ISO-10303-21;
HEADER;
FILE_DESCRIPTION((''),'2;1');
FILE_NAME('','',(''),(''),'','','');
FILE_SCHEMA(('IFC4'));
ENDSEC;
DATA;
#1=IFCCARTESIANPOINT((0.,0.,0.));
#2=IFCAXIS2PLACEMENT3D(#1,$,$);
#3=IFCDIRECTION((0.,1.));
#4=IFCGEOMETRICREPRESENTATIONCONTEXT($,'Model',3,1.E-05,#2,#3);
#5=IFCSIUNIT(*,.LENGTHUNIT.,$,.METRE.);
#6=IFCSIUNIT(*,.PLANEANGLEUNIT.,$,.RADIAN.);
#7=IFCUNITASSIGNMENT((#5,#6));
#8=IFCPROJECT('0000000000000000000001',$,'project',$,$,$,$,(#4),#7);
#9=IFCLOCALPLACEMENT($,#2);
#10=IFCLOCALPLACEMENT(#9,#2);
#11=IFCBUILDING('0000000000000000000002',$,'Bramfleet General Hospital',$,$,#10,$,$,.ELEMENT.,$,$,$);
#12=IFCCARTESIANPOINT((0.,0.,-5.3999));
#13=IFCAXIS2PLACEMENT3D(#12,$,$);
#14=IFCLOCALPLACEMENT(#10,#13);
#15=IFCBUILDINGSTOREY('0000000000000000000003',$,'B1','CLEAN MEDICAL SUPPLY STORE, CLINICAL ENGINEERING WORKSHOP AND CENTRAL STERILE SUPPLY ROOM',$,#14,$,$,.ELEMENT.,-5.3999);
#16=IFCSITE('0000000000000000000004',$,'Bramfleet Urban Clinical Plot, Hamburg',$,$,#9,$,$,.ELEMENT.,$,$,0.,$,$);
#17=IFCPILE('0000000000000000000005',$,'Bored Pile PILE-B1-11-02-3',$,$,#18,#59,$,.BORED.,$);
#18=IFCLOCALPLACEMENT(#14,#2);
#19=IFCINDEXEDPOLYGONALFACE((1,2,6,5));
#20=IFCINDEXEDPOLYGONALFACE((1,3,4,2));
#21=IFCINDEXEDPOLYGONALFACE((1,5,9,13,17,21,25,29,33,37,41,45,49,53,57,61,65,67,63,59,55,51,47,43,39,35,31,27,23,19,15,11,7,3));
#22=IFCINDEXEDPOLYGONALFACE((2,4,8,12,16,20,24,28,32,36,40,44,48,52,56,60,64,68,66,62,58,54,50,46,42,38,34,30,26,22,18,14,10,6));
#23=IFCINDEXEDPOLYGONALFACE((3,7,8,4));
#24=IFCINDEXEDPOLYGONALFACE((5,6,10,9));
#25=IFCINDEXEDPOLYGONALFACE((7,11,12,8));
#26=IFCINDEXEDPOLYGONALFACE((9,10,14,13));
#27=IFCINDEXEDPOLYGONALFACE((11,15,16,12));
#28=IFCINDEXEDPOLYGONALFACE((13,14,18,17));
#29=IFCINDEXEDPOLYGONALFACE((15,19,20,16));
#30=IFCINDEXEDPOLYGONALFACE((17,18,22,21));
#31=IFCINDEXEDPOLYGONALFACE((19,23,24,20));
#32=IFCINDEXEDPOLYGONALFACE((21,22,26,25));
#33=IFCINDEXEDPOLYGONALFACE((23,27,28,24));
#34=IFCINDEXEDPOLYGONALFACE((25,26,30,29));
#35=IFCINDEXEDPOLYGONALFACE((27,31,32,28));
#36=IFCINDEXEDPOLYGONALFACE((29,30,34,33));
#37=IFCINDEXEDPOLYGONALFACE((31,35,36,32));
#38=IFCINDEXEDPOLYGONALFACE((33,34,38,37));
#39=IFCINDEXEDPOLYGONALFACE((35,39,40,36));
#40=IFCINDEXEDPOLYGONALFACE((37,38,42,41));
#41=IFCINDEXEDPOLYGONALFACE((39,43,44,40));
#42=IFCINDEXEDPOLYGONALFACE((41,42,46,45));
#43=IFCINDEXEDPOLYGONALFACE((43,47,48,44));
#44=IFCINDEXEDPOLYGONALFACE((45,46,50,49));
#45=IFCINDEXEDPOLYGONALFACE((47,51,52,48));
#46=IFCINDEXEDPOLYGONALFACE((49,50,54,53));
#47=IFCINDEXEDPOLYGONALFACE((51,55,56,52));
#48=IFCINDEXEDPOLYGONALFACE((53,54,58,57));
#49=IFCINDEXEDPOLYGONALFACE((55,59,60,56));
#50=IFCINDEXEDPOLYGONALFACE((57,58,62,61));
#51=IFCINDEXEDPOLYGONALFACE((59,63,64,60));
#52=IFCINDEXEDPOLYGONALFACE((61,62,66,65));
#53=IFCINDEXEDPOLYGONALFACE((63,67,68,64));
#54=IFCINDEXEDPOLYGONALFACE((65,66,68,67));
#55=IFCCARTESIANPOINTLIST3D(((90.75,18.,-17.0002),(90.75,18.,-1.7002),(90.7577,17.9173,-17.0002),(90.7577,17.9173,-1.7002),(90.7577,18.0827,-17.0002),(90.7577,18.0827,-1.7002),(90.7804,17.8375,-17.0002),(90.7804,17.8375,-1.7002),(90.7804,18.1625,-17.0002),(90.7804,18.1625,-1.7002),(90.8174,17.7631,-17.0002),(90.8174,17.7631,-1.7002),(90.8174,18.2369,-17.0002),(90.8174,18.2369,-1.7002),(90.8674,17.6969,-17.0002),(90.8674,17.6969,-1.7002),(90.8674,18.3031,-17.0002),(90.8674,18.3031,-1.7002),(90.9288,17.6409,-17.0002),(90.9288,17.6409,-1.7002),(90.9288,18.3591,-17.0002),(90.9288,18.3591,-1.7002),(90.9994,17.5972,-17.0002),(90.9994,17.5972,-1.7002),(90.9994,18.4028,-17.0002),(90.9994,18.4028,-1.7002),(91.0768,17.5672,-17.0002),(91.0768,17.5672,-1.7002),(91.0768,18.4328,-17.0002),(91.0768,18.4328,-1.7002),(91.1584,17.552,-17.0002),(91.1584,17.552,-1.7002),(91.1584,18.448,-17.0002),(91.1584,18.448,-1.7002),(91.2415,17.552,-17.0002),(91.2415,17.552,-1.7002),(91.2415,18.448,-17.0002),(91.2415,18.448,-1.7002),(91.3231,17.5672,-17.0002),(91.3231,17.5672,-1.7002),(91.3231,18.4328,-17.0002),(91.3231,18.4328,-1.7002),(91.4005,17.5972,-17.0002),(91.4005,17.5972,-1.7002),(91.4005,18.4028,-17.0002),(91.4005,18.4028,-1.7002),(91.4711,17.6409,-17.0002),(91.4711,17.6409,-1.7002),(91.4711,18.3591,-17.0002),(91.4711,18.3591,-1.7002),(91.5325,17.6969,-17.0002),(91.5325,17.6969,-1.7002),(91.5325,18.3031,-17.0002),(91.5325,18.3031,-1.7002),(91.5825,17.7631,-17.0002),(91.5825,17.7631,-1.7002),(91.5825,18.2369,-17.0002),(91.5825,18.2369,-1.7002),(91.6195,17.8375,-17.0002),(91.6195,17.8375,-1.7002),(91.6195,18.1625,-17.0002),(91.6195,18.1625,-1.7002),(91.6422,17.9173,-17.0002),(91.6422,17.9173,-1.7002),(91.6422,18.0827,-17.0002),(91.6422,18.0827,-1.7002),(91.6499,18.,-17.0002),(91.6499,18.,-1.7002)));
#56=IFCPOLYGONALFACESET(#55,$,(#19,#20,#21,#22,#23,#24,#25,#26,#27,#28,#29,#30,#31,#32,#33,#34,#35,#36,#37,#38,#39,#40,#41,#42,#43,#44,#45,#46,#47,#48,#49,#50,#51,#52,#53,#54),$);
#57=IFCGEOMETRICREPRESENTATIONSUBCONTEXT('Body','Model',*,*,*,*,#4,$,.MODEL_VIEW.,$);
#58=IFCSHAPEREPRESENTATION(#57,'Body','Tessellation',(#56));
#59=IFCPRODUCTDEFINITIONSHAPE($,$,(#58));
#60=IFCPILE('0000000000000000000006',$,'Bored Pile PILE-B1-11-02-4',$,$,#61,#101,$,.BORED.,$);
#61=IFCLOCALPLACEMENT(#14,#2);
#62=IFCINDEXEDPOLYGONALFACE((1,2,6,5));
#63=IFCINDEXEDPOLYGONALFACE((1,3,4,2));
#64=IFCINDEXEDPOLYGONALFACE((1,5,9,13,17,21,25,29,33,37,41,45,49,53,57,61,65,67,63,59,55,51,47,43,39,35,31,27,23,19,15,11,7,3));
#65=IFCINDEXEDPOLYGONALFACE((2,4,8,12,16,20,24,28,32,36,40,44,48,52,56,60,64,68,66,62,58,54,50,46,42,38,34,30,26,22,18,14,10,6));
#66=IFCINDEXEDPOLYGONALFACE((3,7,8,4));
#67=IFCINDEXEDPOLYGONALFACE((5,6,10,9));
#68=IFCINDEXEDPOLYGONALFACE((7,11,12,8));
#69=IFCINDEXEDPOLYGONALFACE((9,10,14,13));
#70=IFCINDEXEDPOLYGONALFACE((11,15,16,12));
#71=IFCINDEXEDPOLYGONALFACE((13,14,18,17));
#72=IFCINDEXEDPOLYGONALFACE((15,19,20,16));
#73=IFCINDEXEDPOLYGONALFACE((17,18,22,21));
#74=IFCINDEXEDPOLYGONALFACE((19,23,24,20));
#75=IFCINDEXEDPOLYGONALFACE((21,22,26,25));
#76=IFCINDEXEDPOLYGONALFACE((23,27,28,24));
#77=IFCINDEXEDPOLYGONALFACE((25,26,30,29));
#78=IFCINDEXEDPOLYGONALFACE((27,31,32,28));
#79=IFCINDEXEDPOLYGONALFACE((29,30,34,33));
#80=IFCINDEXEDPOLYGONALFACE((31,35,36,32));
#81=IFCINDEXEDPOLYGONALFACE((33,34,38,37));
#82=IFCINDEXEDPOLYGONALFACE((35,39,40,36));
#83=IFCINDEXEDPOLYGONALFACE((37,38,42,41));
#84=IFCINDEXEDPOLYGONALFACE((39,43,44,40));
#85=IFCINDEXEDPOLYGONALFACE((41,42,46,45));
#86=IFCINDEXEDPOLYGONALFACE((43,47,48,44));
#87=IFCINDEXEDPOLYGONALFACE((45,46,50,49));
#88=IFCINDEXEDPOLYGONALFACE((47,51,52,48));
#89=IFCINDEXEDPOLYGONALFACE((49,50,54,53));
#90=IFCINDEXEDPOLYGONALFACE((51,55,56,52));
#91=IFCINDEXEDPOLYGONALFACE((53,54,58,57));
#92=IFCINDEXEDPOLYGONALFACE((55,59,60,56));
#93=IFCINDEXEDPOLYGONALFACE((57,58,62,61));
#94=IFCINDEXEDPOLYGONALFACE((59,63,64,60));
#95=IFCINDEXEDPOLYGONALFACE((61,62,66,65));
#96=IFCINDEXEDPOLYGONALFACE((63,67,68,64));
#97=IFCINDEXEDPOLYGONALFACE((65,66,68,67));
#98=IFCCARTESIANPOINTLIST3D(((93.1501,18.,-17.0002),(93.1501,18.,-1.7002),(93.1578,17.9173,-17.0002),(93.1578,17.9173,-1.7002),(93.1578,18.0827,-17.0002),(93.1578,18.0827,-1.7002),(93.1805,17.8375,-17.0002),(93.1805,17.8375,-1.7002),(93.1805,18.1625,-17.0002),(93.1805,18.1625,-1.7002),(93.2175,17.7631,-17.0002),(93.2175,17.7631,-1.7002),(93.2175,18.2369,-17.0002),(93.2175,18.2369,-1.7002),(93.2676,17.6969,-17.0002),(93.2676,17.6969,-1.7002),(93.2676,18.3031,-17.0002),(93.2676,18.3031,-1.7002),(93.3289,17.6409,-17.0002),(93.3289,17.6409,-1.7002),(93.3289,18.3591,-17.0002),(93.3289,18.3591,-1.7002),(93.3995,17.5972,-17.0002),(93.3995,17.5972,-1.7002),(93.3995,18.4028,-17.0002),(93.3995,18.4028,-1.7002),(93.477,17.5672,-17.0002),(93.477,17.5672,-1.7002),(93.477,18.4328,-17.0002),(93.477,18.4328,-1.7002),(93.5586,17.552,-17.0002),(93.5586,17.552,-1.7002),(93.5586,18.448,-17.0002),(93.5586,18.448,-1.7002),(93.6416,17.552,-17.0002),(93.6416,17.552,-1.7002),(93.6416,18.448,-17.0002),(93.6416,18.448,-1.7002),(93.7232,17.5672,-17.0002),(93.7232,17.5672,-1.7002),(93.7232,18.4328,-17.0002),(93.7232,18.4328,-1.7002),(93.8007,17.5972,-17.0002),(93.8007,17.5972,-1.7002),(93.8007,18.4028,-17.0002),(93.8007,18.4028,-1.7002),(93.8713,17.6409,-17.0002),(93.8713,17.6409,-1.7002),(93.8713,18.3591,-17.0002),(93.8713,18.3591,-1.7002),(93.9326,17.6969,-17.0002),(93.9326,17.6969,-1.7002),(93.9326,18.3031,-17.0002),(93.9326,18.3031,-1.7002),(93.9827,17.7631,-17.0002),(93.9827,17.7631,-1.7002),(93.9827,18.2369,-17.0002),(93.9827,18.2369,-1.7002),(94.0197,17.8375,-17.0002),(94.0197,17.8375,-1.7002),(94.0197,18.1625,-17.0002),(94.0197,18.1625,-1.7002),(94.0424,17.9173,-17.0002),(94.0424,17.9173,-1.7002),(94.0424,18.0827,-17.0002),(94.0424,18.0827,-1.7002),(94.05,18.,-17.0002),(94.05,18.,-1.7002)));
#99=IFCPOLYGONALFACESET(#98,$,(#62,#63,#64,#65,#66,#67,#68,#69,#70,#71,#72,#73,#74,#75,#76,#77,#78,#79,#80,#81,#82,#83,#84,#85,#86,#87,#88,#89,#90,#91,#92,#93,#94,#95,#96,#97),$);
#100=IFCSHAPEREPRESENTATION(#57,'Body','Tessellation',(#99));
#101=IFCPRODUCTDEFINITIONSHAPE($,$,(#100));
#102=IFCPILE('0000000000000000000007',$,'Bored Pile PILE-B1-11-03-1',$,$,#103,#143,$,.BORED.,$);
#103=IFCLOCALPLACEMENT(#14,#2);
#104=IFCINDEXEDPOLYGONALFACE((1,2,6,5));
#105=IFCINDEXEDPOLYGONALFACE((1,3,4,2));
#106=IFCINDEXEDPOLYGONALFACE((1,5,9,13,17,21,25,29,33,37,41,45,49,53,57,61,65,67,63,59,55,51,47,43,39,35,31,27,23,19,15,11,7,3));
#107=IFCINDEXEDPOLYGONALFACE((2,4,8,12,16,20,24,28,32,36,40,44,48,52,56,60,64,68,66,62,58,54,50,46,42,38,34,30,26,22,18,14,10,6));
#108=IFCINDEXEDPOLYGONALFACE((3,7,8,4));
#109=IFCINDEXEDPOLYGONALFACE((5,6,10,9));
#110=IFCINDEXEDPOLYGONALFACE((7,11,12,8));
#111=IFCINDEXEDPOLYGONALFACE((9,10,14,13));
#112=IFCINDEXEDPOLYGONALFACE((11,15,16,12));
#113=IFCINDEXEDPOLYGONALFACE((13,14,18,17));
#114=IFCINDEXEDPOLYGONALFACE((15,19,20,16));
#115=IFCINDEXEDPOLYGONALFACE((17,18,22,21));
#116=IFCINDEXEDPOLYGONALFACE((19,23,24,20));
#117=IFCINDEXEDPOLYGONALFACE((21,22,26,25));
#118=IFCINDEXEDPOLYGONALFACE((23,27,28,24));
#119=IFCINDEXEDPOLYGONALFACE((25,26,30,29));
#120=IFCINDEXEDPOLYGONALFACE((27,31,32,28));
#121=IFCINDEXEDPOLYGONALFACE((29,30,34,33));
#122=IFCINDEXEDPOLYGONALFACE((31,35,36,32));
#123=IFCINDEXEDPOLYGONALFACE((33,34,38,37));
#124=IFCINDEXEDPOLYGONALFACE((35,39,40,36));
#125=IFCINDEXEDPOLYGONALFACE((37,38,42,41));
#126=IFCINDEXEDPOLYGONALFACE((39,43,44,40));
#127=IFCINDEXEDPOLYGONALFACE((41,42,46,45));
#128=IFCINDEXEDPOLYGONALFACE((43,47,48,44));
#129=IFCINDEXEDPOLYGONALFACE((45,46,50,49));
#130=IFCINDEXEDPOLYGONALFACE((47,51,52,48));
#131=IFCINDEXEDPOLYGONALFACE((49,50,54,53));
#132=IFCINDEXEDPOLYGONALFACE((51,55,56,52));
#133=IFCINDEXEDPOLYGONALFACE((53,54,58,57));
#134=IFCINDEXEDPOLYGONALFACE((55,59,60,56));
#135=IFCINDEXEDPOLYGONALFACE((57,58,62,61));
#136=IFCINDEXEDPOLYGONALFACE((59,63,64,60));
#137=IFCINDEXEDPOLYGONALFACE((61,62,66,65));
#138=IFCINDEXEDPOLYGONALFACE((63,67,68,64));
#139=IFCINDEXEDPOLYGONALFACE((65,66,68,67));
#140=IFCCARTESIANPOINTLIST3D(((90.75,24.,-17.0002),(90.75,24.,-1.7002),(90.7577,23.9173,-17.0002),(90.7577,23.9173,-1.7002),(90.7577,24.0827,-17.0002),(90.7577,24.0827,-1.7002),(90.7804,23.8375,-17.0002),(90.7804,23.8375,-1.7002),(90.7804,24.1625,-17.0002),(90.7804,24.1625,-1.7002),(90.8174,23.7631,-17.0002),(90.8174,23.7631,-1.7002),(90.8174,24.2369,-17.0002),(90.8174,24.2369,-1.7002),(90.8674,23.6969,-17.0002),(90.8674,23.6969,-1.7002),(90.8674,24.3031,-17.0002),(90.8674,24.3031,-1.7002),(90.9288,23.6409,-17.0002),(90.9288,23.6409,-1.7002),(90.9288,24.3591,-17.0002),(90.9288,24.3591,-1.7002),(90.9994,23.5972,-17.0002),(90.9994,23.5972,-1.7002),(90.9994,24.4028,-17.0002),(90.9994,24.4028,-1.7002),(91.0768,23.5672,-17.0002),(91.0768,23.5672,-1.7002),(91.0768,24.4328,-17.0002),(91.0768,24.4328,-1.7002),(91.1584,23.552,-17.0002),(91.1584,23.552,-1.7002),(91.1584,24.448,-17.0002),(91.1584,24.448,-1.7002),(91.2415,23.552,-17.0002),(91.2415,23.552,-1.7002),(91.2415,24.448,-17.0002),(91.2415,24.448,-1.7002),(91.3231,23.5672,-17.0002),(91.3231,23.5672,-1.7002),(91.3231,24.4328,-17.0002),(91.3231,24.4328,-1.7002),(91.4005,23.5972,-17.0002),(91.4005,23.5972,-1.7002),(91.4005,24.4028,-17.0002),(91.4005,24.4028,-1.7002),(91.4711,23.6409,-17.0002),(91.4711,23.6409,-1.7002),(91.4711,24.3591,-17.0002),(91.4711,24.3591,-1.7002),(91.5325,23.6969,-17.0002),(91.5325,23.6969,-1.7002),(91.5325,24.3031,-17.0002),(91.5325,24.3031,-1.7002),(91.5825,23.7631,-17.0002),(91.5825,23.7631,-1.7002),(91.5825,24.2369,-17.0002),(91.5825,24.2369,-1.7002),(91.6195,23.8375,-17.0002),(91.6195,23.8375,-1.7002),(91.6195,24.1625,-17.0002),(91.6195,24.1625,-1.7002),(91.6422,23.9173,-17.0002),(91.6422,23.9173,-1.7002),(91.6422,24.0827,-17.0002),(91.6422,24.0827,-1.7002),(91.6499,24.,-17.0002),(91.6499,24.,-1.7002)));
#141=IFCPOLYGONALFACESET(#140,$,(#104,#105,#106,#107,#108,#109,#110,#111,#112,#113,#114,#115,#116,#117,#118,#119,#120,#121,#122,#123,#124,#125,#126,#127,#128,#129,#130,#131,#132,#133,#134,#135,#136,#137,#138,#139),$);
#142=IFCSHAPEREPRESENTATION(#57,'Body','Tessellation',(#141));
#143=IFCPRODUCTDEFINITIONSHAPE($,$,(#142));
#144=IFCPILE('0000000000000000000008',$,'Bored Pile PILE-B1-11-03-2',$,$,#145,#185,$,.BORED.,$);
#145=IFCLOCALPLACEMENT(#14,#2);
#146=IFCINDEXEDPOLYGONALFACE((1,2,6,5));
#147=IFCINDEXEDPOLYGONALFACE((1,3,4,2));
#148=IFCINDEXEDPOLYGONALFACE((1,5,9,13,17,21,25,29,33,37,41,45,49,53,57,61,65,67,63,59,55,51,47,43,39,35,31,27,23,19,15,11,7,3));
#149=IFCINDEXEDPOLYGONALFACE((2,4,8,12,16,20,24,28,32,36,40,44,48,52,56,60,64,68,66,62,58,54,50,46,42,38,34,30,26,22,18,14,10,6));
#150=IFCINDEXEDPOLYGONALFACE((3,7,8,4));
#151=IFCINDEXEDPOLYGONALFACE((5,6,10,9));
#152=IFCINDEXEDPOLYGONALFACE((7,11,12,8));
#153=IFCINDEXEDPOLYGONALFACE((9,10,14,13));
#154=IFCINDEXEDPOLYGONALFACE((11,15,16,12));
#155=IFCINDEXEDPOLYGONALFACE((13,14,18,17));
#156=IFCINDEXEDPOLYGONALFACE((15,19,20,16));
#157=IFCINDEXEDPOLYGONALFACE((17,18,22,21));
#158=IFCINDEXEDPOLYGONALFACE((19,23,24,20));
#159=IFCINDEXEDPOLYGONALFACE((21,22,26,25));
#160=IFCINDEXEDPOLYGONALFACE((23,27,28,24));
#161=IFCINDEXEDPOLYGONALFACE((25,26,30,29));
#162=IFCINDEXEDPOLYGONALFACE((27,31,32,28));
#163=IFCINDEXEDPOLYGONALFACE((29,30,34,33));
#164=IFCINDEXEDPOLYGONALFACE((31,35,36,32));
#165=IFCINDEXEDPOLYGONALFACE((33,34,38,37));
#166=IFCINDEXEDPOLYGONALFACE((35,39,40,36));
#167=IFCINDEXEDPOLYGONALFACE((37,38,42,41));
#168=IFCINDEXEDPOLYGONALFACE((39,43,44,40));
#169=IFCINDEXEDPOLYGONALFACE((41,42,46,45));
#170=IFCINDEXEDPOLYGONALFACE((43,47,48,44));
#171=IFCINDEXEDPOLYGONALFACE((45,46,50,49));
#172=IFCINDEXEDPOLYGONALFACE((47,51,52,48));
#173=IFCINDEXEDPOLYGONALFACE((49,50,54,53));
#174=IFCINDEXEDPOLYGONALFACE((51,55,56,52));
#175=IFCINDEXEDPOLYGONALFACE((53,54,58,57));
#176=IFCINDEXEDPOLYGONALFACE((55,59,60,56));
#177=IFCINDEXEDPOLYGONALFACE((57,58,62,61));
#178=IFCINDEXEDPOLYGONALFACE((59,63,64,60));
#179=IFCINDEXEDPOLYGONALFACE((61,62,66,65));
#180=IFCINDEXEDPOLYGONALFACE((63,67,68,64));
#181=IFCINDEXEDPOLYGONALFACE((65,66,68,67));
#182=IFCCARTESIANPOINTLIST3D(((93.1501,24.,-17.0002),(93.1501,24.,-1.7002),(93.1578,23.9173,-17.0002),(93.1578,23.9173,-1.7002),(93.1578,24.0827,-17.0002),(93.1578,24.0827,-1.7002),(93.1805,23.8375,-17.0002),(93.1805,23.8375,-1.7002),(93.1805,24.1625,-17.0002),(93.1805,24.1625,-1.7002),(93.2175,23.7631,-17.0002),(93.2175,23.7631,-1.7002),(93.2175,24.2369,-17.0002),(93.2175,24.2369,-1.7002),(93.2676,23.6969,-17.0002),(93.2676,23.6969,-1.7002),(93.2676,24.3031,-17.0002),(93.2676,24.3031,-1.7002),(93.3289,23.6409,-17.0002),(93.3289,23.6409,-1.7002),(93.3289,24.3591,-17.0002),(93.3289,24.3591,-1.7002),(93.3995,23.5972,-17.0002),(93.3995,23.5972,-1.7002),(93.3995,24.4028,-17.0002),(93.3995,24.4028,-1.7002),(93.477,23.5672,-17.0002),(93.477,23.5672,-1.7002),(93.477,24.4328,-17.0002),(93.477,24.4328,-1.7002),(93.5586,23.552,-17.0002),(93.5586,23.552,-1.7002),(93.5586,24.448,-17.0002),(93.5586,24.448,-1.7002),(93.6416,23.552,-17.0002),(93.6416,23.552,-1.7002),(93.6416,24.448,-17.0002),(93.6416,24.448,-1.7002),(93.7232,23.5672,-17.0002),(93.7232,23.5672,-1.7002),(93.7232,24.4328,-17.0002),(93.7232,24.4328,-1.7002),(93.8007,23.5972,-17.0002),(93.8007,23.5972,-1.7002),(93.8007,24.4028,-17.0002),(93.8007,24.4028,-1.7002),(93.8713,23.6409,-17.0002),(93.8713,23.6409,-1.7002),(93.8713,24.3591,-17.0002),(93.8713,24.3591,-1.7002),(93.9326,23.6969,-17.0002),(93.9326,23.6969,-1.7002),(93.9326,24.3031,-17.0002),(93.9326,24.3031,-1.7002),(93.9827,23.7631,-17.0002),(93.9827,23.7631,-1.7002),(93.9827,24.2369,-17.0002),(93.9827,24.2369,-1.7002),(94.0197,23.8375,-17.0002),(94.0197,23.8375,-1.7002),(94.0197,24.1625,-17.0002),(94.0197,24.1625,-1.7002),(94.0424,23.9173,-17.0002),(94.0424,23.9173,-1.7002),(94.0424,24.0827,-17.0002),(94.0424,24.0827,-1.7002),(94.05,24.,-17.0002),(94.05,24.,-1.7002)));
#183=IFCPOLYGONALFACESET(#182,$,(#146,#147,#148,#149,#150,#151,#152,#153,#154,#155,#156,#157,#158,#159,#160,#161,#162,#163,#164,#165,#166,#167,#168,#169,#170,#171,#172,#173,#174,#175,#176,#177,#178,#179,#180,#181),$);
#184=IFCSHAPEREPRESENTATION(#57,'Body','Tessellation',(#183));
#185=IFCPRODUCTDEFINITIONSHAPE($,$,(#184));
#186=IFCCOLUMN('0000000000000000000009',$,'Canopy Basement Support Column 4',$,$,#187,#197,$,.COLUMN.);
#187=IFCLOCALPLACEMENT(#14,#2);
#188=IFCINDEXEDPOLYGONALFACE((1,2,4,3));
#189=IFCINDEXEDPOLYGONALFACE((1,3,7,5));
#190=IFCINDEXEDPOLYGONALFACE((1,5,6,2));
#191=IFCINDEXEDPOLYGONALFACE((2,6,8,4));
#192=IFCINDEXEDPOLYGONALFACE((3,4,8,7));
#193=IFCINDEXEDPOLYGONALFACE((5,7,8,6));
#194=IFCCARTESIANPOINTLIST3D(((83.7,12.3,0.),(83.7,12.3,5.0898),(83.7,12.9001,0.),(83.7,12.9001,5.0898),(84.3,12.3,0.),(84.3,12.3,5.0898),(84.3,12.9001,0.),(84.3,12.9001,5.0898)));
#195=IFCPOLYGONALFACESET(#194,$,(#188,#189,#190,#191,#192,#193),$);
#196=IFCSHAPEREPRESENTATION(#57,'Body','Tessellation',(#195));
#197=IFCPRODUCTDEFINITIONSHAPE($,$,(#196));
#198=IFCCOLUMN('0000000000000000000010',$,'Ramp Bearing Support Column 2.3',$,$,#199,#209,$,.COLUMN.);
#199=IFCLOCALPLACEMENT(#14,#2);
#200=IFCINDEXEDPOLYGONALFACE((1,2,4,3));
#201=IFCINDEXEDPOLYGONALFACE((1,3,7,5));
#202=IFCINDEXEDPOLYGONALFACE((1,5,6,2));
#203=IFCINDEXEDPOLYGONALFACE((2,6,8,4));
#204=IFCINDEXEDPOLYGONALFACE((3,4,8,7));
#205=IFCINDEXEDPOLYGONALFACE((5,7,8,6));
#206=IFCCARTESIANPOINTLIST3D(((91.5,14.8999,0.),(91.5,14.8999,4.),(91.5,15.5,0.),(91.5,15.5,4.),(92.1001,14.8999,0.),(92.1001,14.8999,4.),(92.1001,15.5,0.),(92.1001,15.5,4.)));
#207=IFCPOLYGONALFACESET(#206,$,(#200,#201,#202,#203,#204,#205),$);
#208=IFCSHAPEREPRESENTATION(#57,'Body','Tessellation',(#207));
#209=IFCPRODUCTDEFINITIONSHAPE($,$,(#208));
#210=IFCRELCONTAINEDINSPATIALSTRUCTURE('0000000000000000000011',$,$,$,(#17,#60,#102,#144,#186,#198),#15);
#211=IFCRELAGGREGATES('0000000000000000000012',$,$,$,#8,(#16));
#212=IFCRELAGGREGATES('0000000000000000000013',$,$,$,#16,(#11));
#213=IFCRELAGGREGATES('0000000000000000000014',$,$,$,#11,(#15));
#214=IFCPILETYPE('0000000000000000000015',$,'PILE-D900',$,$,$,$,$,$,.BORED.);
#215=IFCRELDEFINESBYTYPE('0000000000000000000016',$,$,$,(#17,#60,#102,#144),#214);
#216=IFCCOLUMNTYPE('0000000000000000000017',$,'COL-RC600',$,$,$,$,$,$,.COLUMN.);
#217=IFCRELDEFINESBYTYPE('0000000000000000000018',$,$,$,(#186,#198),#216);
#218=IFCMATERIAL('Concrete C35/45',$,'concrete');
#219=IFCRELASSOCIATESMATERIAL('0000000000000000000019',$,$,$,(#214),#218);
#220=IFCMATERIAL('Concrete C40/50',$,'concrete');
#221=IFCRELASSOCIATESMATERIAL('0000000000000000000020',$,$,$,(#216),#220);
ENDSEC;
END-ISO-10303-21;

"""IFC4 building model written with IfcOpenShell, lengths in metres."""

from ifc_helpers import new_model, si_unit, direction, frame, origin, origin_2d, place, context, subcontext, project, spatial, rectangle, circle, extrude, material, material_profile, profile_set, type_object, element, save


model = new_model("IFC4")

# Units and contexts
model_context = context("Model", 3, precision=1e-05, world=origin(), true_north=direction((0.0, 1.0)))
body_context = subcontext(model_context, "Body", "Model", "MODEL_VIEW")
ifc_project = project(units=[si_unit("LENGTHUNIT", "METRE"), si_unit("PLANEANGLEUNIT", "RADIAN")], contexts=[model_context])

# Site, building, storey
site_placement = place(None, origin())
site = spatial("IfcSite", under=ifc_project, at=site_placement, Name="Bramfleet Urban Clinical Plot, Hamburg", CompositionType="ELEMENT", RefElevation=0.0)
building_placement = place(site_placement, origin())
building = spatial("IfcBuilding", under=site, at=building_placement, Name="Bramfleet General Hospital", CompositionType="ELEMENT")
storey_placement = place(building_placement, frame((0.0, 0.0, -5.3999)))
storey = spatial("IfcBuildingStorey", under=building, at=storey_placement, Name="B1", Description="CLEAN MEDICAL SUPPLY STORE, CLINICAL ENGINEERING WORKSHOP AND CENTRAL STERILE SUPPLY ROOM", CompositionType="ELEMENT", Elevation=-5.3999)

# Shared definitions
ifc_material_1 = material(Name="Concrete C35/45", Category="concrete")

# Piles
ifc_material_profile_1 = material_profile(ifc_material_1, circle(Radius=0.45, at=origin_2d()), Name="PILE BORED D900")
ifc_profile_set_1 = profile_set([ifc_material_profile_1], Name="Concrete C35/45")
pile_type_1 = type_object("IfcPileType", Name="PILE-D900", PredefinedType="BORED", material=ifc_profile_set_1)
for number, where, z_axis, x_axis, name in (
    (1, (91.2, 18.0, -1.7002), (0.0, 0.0, -1.0), (1.0, 0.0, 0.0), "Bored Pile PILE-B1-11-02-3"),
    (2, (93.6001, 18.0, -1.7002), (0.0, 0.0, -1.0), (1.0, 0.0, 0.0), "Bored Pile PILE-B1-11-02-4"),
    (3, (91.2, 24.0, -1.7002), (0.0, 0.0, -1.0), (1.0, 0.0, 0.0), "Bored Pile PILE-B1-11-03-1"),
    (4, (93.6001, 24.0, -1.7002), (0.0, 0.0, -1.0), (1.0, 0.0, 0.0), "Bored Pile PILE-B1-11-03-2"),
):
    element("IfcPile", number, at=place(storey_placement, frame(where, z_axis=z_axis, x_axis=x_axis)), inside=storey, type_object=pile_type_1, Name=name, PredefinedType="BORED", context=body_context, shape_type="SweptSolid", body=[
        extrude(circle(Radius=0.45, at=origin_2d()), origin(), (0.0, 0.0, 1.0), 15.3),
    ])

# Columns
ifc_material_2 = material(Name="Concrete C40/50", Category="concrete")
ifc_material_profile_2 = material_profile(ifc_material_2, rectangle(XDim=0.6001, YDim=0.6001, at=origin_2d()), Name="RC COL 600x600")
ifc_profile_set_2 = profile_set([ifc_material_profile_2], Name="Concrete C40/50")
column_type_1 = type_object("IfcColumnType", Name="COL-RC600", PredefinedType="COLUMN", material=ifc_profile_set_2)
column_1_placement = place(storey_placement, frame((84.0, 12.6001, 0.0), z_axis=(0.0, 0.0, 1.0), x_axis=(1.0, 0.0, 0.0)))
element("IfcColumn", 5, at=column_1_placement, inside=storey, type_object=column_type_1, Name="Canopy Basement Support Column 4", PredefinedType="COLUMN", context=body_context, shape_type="SweptSolid", body=[
    extrude(rectangle(XDim=0.6001, YDim=0.6001, at=origin_2d()), origin(), (0.0, 0.0, 1.0), 5.0898),
])
for number, where, z_axis, x_axis, name in (
    (6, (91.8, 15.2, 0.0), (0.0, 0.0, 1.0), (1.0, 0.0, 0.0), "Ramp Bearing Support Column 2.3"),
):
    element("IfcColumn", number, at=place(storey_placement, frame(where, z_axis=z_axis, x_axis=x_axis)), inside=storey, type_object=column_type_1, Name=name, PredefinedType="COLUMN", context=body_context, shape_type="SweptSolid", body=[
        extrude(rectangle(XDim=0.6001, YDim=0.6001, at=origin_2d()), origin(), (0.0, 0.0, 1.0), 4.0),
    ])

save(model, "model.ifc")
